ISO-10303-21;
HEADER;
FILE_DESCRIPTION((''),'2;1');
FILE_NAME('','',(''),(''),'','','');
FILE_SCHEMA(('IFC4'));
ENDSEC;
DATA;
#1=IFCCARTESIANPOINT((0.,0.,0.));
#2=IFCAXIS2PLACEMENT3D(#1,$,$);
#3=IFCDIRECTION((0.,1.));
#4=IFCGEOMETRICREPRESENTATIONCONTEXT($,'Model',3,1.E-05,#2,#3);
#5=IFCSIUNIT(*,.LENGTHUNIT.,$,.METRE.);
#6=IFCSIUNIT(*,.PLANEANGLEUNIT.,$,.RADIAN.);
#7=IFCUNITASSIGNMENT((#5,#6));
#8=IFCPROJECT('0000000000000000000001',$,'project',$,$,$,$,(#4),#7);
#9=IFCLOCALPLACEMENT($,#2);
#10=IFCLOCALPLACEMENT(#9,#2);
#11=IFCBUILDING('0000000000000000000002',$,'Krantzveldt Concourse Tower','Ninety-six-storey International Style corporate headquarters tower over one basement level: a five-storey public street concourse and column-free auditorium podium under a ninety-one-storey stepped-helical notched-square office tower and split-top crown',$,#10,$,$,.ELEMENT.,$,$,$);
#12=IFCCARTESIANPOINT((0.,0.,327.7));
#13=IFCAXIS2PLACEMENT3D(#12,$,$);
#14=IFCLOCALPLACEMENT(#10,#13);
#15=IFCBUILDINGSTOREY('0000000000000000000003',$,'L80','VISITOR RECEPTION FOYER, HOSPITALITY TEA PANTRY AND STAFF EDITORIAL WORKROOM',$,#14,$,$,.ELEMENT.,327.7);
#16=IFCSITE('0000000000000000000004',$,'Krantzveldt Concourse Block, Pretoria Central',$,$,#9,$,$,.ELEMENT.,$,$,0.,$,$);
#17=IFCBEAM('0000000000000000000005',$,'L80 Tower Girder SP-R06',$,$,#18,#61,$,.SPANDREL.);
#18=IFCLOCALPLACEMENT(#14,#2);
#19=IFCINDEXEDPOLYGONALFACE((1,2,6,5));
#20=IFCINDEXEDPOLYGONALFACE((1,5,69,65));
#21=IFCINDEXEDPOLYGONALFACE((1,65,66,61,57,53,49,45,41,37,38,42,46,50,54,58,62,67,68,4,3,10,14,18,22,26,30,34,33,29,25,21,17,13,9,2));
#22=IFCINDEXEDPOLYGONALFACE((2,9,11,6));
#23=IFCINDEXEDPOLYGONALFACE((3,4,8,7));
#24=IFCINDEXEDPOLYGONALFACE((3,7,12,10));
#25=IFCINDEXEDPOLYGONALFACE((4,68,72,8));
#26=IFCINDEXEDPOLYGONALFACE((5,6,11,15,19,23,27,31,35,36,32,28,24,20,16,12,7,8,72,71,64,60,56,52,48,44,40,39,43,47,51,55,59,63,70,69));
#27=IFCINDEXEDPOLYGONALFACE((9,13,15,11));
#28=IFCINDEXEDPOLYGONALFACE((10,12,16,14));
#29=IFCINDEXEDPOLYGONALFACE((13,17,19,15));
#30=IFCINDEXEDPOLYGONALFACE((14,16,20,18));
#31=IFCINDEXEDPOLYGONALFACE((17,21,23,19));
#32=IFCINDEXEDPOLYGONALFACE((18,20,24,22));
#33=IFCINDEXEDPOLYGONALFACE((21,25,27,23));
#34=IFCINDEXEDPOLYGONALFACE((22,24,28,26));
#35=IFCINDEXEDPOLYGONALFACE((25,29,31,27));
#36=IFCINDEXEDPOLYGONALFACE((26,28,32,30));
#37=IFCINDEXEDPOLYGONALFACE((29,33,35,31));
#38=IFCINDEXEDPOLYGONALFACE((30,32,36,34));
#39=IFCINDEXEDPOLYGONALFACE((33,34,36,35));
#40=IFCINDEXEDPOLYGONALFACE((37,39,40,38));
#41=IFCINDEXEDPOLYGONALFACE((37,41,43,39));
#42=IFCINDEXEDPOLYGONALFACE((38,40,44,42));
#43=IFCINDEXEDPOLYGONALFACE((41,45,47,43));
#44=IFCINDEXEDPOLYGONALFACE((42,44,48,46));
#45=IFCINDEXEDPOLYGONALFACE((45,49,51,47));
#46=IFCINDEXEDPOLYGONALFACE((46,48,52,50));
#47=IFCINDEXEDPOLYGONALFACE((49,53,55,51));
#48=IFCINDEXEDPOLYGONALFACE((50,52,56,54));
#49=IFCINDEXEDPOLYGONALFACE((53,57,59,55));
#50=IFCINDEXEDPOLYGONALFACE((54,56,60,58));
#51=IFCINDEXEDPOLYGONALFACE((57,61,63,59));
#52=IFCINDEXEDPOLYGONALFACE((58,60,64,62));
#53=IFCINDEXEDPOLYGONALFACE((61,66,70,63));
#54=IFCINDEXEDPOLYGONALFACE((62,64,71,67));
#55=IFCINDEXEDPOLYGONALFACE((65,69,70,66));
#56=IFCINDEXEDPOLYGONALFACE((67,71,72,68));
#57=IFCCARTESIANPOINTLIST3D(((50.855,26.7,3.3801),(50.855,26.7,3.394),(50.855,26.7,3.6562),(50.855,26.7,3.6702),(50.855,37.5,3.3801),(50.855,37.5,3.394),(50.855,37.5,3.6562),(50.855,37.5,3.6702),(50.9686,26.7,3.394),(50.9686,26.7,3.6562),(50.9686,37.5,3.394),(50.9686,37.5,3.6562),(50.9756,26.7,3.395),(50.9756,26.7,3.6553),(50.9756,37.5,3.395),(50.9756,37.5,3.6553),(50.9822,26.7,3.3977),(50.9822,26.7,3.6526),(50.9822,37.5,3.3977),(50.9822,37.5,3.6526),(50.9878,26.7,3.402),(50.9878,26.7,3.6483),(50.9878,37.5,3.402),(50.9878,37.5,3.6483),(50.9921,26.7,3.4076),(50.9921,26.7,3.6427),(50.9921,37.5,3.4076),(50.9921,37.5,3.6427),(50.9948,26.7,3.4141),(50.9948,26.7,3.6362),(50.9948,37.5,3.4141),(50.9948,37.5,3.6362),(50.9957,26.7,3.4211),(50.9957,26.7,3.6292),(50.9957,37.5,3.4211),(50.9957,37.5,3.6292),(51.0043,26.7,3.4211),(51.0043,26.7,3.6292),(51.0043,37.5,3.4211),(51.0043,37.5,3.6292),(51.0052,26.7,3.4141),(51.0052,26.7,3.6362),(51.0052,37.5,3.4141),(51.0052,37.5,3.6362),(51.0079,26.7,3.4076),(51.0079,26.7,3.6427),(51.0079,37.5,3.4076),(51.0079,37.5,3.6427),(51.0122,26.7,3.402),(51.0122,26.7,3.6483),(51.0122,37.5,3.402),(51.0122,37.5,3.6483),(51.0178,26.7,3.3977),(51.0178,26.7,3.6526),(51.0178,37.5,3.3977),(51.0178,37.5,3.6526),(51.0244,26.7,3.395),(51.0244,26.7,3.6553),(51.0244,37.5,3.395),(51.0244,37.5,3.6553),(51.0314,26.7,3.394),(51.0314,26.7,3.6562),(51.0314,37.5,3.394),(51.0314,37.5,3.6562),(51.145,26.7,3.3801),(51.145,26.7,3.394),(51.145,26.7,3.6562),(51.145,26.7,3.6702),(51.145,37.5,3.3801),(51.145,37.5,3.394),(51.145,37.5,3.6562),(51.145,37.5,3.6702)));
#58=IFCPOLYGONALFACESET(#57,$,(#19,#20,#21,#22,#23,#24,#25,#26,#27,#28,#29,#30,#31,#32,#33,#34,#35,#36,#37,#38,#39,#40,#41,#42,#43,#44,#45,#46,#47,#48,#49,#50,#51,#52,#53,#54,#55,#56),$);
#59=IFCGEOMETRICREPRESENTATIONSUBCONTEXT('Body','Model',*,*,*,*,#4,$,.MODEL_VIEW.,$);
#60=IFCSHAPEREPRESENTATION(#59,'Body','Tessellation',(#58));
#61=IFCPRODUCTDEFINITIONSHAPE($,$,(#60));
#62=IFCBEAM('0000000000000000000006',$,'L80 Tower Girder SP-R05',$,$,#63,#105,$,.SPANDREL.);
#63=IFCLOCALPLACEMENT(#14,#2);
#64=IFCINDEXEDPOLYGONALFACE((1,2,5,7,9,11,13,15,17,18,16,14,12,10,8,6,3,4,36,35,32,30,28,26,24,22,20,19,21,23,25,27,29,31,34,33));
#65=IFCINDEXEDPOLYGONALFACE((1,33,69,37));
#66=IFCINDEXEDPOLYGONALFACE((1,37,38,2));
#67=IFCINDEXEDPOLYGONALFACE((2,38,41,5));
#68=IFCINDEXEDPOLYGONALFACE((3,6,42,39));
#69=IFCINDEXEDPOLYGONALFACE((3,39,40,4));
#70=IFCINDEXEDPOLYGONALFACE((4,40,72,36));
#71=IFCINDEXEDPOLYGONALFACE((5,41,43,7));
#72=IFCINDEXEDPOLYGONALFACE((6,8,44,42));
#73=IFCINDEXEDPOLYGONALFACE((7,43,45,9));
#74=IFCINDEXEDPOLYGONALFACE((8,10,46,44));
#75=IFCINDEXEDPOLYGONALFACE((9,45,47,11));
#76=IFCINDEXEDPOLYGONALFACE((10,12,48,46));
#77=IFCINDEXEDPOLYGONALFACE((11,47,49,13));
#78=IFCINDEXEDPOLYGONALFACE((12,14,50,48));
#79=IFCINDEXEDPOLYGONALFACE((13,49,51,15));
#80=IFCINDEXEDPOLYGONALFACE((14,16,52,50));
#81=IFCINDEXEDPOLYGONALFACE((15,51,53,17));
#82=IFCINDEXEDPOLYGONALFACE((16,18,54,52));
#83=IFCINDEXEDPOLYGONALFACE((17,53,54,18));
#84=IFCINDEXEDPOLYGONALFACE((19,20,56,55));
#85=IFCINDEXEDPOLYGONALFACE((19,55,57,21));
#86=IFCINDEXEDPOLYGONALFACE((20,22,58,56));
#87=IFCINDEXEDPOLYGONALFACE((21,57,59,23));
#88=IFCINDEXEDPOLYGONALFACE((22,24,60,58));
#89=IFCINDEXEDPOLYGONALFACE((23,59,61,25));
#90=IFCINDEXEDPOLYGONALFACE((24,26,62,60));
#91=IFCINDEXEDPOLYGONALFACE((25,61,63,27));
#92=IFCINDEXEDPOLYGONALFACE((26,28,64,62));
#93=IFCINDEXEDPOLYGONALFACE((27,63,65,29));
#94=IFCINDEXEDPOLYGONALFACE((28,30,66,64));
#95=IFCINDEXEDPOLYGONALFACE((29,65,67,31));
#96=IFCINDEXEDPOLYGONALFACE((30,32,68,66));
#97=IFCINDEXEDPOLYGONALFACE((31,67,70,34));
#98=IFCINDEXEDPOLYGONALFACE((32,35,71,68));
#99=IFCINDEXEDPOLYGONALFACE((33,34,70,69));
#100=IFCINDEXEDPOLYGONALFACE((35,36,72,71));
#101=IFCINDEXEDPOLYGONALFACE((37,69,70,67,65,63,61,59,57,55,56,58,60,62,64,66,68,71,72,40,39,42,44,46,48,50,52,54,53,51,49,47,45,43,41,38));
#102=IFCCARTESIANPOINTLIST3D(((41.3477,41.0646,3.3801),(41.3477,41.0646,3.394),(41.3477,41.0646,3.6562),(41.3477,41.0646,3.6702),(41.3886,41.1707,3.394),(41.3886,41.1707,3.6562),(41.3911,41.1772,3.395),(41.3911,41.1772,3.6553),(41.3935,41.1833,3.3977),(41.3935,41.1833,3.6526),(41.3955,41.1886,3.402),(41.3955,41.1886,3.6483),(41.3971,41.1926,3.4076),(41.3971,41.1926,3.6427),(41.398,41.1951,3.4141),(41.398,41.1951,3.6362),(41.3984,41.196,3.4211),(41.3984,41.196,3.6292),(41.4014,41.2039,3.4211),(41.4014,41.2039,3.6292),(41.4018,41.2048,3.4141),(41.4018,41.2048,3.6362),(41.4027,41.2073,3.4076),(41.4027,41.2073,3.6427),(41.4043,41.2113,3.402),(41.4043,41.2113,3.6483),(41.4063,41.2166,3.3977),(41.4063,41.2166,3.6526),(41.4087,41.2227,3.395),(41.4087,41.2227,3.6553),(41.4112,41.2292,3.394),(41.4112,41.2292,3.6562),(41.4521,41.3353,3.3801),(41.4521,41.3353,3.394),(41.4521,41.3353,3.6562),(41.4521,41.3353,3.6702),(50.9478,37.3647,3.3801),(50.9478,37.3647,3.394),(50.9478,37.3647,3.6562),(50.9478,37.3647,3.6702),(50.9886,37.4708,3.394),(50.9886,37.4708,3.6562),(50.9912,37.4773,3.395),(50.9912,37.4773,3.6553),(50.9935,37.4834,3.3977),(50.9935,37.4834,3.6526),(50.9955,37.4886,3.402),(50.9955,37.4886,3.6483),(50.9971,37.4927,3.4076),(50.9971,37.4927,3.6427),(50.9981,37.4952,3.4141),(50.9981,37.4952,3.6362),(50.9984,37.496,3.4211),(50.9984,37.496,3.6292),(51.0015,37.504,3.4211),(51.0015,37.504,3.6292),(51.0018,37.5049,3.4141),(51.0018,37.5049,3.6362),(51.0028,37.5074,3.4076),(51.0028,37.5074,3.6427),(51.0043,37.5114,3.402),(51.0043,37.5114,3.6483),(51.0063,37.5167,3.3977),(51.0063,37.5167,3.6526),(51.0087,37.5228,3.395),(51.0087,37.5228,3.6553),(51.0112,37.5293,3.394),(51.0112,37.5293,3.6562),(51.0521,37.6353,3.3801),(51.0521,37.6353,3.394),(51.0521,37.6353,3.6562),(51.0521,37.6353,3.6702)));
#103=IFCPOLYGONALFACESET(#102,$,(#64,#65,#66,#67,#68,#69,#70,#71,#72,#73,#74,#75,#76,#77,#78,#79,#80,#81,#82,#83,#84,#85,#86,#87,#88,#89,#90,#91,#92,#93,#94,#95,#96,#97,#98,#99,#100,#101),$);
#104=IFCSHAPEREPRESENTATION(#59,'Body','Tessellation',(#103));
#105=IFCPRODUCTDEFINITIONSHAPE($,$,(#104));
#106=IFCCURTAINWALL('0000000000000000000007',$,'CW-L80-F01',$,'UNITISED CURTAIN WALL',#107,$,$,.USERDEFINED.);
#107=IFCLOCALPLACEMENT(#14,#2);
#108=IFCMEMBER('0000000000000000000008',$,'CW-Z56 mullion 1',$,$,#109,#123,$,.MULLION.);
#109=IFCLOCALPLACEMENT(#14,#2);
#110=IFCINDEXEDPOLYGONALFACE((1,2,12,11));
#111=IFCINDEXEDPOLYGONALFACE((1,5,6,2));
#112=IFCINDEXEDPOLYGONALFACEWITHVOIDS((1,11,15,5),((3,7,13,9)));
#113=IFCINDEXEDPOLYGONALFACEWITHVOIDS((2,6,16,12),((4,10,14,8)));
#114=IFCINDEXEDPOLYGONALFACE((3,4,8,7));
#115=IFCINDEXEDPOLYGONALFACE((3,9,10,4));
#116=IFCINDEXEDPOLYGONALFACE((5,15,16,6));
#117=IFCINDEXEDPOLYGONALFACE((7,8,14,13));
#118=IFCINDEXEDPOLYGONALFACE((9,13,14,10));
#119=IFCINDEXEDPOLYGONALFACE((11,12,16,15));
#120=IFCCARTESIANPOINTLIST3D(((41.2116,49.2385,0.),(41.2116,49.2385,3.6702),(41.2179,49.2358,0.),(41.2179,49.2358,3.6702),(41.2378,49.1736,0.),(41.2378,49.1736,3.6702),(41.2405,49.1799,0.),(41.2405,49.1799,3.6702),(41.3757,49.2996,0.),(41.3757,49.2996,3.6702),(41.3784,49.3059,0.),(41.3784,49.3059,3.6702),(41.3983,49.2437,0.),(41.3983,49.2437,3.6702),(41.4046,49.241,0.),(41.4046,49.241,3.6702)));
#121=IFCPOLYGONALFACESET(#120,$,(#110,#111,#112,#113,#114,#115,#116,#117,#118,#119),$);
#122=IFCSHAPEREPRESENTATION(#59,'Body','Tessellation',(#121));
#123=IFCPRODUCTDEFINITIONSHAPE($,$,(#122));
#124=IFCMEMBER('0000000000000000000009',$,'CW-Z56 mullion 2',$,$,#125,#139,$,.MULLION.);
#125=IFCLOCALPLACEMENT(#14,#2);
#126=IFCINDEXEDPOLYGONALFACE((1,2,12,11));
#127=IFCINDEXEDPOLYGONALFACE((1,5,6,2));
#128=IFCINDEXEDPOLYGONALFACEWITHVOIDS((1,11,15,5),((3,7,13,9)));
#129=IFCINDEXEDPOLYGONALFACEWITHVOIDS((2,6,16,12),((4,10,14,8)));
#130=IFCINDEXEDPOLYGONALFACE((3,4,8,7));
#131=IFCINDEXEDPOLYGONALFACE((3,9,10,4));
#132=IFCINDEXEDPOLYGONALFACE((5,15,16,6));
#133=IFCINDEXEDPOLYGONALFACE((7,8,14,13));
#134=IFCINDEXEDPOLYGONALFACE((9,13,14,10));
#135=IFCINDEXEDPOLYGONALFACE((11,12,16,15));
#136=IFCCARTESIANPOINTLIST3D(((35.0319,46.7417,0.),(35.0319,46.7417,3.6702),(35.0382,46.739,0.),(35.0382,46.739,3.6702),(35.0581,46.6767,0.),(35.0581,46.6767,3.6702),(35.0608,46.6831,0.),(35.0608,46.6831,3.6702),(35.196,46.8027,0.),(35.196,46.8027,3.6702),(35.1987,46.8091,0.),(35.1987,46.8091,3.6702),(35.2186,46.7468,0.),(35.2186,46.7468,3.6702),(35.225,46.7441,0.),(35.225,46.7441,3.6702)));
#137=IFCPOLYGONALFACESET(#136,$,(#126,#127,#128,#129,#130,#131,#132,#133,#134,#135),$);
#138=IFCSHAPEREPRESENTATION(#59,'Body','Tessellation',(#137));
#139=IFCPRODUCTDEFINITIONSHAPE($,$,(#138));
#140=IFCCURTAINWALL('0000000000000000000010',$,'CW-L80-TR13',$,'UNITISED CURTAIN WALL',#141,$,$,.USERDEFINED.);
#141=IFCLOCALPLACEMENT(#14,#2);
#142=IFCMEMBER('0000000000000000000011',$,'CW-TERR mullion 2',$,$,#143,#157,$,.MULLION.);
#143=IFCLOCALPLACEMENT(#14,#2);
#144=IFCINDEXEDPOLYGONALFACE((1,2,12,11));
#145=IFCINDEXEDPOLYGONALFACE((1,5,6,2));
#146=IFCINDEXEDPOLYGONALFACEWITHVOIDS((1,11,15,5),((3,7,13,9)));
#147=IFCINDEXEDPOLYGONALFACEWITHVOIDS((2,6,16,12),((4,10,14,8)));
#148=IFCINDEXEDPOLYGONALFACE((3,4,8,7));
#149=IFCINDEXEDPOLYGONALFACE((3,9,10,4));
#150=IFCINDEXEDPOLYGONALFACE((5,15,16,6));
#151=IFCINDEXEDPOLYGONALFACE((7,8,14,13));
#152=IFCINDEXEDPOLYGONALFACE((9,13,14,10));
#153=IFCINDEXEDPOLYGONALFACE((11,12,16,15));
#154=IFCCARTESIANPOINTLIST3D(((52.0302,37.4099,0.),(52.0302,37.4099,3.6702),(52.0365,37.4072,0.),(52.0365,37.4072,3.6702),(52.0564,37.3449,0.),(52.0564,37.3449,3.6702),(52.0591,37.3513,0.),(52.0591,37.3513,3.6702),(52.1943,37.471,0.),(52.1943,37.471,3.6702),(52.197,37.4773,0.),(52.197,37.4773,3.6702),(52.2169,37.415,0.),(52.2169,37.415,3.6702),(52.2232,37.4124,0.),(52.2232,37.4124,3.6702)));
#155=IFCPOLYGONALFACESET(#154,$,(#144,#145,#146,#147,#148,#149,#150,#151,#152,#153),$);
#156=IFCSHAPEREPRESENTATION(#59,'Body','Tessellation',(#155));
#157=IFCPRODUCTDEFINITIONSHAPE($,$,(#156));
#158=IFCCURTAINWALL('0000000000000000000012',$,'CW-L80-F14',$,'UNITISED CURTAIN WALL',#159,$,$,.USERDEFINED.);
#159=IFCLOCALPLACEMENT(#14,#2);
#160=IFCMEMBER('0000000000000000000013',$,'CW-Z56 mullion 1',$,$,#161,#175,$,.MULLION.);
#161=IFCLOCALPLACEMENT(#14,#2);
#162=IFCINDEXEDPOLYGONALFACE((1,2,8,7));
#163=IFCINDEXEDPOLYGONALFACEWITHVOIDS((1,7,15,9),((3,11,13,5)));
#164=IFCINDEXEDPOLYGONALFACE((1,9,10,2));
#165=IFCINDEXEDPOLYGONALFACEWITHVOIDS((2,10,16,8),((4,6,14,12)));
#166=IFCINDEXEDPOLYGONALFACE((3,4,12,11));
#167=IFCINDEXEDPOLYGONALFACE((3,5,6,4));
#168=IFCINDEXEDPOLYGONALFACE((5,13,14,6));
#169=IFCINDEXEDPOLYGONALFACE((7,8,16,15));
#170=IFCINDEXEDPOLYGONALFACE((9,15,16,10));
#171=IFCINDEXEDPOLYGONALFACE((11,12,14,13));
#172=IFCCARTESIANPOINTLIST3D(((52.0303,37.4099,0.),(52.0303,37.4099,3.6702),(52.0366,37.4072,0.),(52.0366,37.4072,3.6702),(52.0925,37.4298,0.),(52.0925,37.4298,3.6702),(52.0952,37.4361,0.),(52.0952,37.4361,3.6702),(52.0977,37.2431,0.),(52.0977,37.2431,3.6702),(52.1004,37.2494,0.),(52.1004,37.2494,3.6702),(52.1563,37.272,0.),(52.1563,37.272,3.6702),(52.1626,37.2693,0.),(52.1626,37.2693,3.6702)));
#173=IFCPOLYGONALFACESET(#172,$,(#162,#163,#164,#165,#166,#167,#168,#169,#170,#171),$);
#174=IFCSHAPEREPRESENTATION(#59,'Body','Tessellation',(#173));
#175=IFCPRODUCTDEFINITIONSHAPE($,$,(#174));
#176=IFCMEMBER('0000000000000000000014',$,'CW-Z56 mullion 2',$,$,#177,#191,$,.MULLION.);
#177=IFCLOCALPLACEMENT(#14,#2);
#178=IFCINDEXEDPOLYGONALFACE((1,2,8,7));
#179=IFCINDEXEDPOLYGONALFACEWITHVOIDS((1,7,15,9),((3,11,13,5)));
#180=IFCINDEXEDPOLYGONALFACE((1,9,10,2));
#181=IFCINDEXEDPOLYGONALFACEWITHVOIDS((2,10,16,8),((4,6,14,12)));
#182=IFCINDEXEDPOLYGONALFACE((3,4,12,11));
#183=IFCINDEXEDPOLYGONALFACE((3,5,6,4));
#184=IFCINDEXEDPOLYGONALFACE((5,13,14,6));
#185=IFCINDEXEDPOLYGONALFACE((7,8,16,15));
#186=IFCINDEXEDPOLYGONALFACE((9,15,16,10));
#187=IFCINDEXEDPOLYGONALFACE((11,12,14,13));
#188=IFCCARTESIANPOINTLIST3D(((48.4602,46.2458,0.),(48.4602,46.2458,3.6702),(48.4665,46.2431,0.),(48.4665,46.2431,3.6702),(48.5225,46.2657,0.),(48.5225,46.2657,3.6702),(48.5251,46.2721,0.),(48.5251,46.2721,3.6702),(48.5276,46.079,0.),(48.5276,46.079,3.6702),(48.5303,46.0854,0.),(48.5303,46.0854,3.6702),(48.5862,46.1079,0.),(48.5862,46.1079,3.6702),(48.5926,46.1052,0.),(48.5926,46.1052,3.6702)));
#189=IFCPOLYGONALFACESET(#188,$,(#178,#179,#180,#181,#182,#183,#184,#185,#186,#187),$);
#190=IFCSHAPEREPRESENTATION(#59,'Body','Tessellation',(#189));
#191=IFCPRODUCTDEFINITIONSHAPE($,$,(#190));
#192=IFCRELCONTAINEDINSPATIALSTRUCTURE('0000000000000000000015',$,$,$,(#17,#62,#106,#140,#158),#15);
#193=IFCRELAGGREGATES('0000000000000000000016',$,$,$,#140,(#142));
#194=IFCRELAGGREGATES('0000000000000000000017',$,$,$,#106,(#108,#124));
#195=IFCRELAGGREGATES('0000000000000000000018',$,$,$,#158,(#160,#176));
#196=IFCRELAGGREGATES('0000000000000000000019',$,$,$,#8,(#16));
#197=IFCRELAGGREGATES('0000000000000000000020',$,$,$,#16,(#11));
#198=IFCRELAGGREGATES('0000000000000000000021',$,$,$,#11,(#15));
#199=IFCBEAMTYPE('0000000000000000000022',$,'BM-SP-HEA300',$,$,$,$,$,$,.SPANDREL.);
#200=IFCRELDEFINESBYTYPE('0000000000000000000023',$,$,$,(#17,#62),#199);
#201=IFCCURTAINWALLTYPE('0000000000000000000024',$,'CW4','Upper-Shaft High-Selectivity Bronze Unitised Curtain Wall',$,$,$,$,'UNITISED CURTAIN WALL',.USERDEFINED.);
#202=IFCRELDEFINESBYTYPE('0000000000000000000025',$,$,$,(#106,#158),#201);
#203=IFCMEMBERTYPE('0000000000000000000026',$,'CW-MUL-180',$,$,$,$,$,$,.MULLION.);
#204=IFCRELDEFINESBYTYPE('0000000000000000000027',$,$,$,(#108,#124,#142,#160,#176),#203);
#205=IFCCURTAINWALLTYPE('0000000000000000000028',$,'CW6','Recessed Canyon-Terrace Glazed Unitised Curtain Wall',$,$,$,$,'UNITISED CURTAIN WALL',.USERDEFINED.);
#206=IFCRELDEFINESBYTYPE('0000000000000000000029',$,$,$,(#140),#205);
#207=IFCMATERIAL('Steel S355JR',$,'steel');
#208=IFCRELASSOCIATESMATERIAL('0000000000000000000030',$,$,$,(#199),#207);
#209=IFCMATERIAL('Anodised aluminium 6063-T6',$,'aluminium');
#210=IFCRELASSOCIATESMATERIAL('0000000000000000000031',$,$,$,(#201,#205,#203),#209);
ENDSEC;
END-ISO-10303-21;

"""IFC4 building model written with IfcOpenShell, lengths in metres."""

from ifc_helpers import new_model, si_unit, direction, frame, origin, origin_2d, place, context, subcontext, project, spatial, hollow_rectangle, i_section, extrude, source, transform, mapped, material, material_profile, profile_set, type_object, type_shapes, element, aggregate, save


model = new_model("IFC4")

# Units and contexts
model_context = context("Model", 3, precision=1e-05, world=origin(), true_north=direction((0.0, 1.0)))
body_context = subcontext(model_context, "Body", "Model", "MODEL_VIEW")
ifc_project = project(units=[si_unit("LENGTHUNIT", "METRE"), si_unit("PLANEANGLEUNIT", "RADIAN")], contexts=[model_context])

# Site, building, storey
site_placement = place(None, origin())
site = spatial("IfcSite", under=ifc_project, at=site_placement, Name="Krantzveldt Concourse Block, Pretoria Central", CompositionType="ELEMENT", RefElevation=0.0)
building_placement = place(site_placement, origin())
building = spatial("IfcBuilding", under=site, at=building_placement, Name="Krantzveldt Concourse Tower", Description="Ninety-six-storey International Style corporate headquarters tower over one basement level: a five-storey public street concourse and column-free auditorium podium under a ninety-one-storey stepped-helical notched-square office tower and split-top crown", CompositionType="ELEMENT")
storey_placement = place(building_placement, frame((0.0, 0.0, 327.7)))
storey = spatial("IfcBuildingStorey", under=building, at=storey_placement, Name="L80", Description="VISITOR RECEPTION FOYER, HOSPITALITY TEA PANTRY AND STAFF EDITORIAL WORKROOM", CompositionType="ELEMENT", Elevation=327.7)

# Beams
ifc_material_1 = material(Name="Steel S355JR", Category="steel")
ifc_material_profile_1 = material_profile(ifc_material_1, i_section(OverallWidth=0.29, OverallDepth=0.29, WebThickness=0.0085, FlangeThickness=0.0139, FilletRadius=0.0271, at=origin_2d()), Name="Steel S355JR", Category="steel")
ifc_profile_set_1 = profile_set([ifc_material_profile_1], Name="Steel S355JR - HEA 300")
beam_type_1 = type_object("IfcBeamType", Name="BM-SP-HEA300", PredefinedType="SPANDREL", material=ifc_profile_set_1)
shared_shape_1 = source(origin(), body_context, "Body", "SweptSolid", [
    extrude(i_section(OverallWidth=0.29, OverallDepth=0.29, WebThickness=0.0085, FlangeThickness=0.0139, FilletRadius=0.0271, at=origin_2d()), origin(), (0.0, 0.0, 1.0), 10.8),
])
beam_1_placement = place(storey_placement, frame((51.0, 37.5, 3.5251), z_axis=(0.0, -1.0, 0.0), x_axis=(1.0, 0.0, 0.0)))
element("IfcBeam", 1, at=beam_1_placement, inside=storey, type_object=beam_type_1, Name="L80 Tower Girder SP-R06", PredefinedType="SPANDREL", context=body_context, shape_type="MappedRepresentation", body=[
    mapped(shared_shape_1, transform((0.0, 0.0, 0.0), x_axis=(1.0, 0.0, 0.0), y_axis=(0.0, 1.0, 0.0), z_axis=(0.0, 0.0, 1.0), scale=1.0)),
])
shared_shape_2 = source(origin(), body_context, "Body", "SweptSolid", [
    extrude(i_section(OverallWidth=0.29, OverallDepth=0.29, WebThickness=0.0085, FlangeThickness=0.0139, FilletRadius=0.0271, at=origin_2d()), origin(), (0.0, 0.0, 1.0), 10.2883),
])
type_shapes(beam_type_1, [shared_shape_1, shared_shape_2])
beam_2_placement = place(storey_placement, frame((41.3999, 41.2, 3.5251), z_axis=(0.933098, -0.359623, 0.0), x_axis=(0.359623, 0.933098, 0.0)))
element("IfcBeam", 2, at=beam_2_placement, inside=storey, type_object=beam_type_1, Name="L80 Tower Girder SP-R05", PredefinedType="SPANDREL", context=body_context, shape_type="MappedRepresentation", body=[
    mapped(shared_shape_2, transform((0.0, 0.0, 0.0), x_axis=(1.0, 0.0, 0.0), y_axis=(0.0, 1.0, 0.0), z_axis=(0.0, 0.0, 1.0), scale=1.0)),
])

# Curtain wall, members
ifc_material_2 = material(Name="Anodised aluminium 6063-T6", Category="aluminium")
curtain_wall_type_1 = type_object("IfcCurtainWallType", Name="CW4", Description="Upper-Shaft High-Selectivity Bronze Unitised Curtain Wall", ElementType="UNITISED CURTAIN WALL", PredefinedType="USERDEFINED", material=ifc_material_2)
curtain_wall_1_placement = place(storey_placement, origin())
curtain_wall_1 = element("IfcCurtainWall", 3, at=curtain_wall_1_placement, inside=storey, type_object=curtain_wall_type_1, Name="CW-L80-F01", ObjectType="UNITISED CURTAIN WALL", PredefinedType="USERDEFINED")
ifc_material_profile_2 = material_profile(ifc_material_2, hollow_rectangle(XDim=0.0701, YDim=0.1799, WallThickness=0.0049, at=origin_2d()), Name="Anodised aluminium 6063-T6", Category="aluminium")
ifc_profile_set_2 = profile_set([ifc_material_profile_2], Name="Anodised aluminium 6063-T6 - ALU-MULL 180x70x5")
member_type_1 = type_object("IfcMemberType", Name="CW-MUL-180", PredefinedType="MULLION", material=ifc_profile_set_2)
shared_shape_3 = source(origin(), body_context, "Body", "SweptSolid", [
    extrude(hollow_rectangle(XDim=0.0701, YDim=0.1799, WallThickness=0.0049, at=origin_2d()), origin(), (0.0, 0.0, 1.0), 3.6702),
])
type_shapes(member_type_1, [shared_shape_3])
member_1_placement = place(storey_placement, frame((41.3081, 49.2397, 0.0), z_axis=(0.0, 0.0, 1.0), x_axis=(0.374607, -0.927184, 0.0)))
member_1 = element("IfcMember", 4, at=member_1_placement, type_object=member_type_1, Name="CW-Z56 mullion 1", PredefinedType="MULLION", context=body_context, shape_type="MappedRepresentation", body=[
    mapped(shared_shape_3, transform((0.0, 0.0, 0.0), x_axis=(1.0, 0.0, 0.0), y_axis=(0.0, 1.0, 0.0), z_axis=(0.0, 0.0, 1.0), scale=1.0)),
])
member_2_placement = place(storey_placement, frame((35.1284, 46.7429, 0.0), z_axis=(0.0, 0.0, 1.0), x_axis=(0.374607, -0.927184, 0.0)))
member_2 = element("IfcMember", 5, at=member_2_placement, type_object=member_type_1, Name="CW-Z56 mullion 2", PredefinedType="MULLION", context=body_context, shape_type="MappedRepresentation", body=[
    mapped(shared_shape_3, transform((0.0, 0.0, 0.0), x_axis=(1.0, 0.0, 0.0), y_axis=(0.0, 1.0, 0.0), z_axis=(0.0, 0.0, 1.0), scale=1.0)),
])

# Curtain wall, member
curtain_wall_type_2 = type_object("IfcCurtainWallType", Name="CW6", Description="Recessed Canyon-Terrace Glazed Unitised Curtain Wall", ElementType="UNITISED CURTAIN WALL", PredefinedType="USERDEFINED", material=ifc_material_2)
curtain_wall_2_placement = place(storey_placement, origin())
curtain_wall_2 = element("IfcCurtainWall", 6, at=curtain_wall_2_placement, inside=storey, type_object=curtain_wall_type_2, Name="CW-L80-TR13", ObjectType="UNITISED CURTAIN WALL", PredefinedType="USERDEFINED")
member_3_placement = place(storey_placement, frame((52.1267, 37.4111, 0.0), z_axis=(0.0, 0.0, 1.0), x_axis=(-0.374605, 0.927185, 0.0)))
member_3 = element("IfcMember", 7, at=member_3_placement, type_object=member_type_1, Name="CW-TERR mullion 2", PredefinedType="MULLION", context=body_context, shape_type="MappedRepresentation", body=[
    mapped(shared_shape_3, transform((0.0, 0.0, 0.0), x_axis=(1.0, 0.0, 0.0), y_axis=(0.0, 1.0, 0.0), z_axis=(0.0, 0.0, 1.0), scale=1.0)),
])

# Curtain wall, members
curtain_wall_3_placement = place(storey_placement, origin())
curtain_wall_3 = element("IfcCurtainWall", 8, at=curtain_wall_3_placement, inside=storey, type_object=curtain_wall_type_1, Name="CW-L80-F14", ObjectType="UNITISED CURTAIN WALL", PredefinedType="USERDEFINED")
member_4_placement = place(storey_placement, frame((52.0964, 37.3396, 0.0), z_axis=(0.0, 0.0, 1.0), x_axis=(-0.927184, -0.374607, 0.0)))
member_4 = element("IfcMember", 9, at=member_4_placement, type_object=member_type_1, Name="CW-Z56 mullion 1", PredefinedType="MULLION", context=body_context, shape_type="MappedRepresentation", body=[
    mapped(shared_shape_3, transform((0.0, 0.0, 0.0), x_axis=(1.0, 0.0, 0.0), y_axis=(0.0, 1.0, 0.0), z_axis=(0.0, 0.0, 1.0), scale=1.0)),
])
member_5_placement = place(storey_placement, frame((48.5264, 46.1755, 0.0), z_axis=(0.0, 0.0, 1.0), x_axis=(-0.927184, -0.374607, 0.0)))
member_5 = element("IfcMember", 10, at=member_5_placement, type_object=member_type_1, Name="CW-Z56 mullion 2", PredefinedType="MULLION", context=body_context, shape_type="MappedRepresentation", body=[
    mapped(shared_shape_3, transform((0.0, 0.0, 0.0), x_axis=(1.0, 0.0, 0.0), y_axis=(0.0, 1.0, 0.0), z_axis=(0.0, 0.0, 1.0), scale=1.0)),
])

aggregate(curtain_wall_2, [member_3])
aggregate(curtain_wall_1, [member_1, member_2])
aggregate(curtain_wall_3, [member_4, member_5])

save(model, "model.ifc")
